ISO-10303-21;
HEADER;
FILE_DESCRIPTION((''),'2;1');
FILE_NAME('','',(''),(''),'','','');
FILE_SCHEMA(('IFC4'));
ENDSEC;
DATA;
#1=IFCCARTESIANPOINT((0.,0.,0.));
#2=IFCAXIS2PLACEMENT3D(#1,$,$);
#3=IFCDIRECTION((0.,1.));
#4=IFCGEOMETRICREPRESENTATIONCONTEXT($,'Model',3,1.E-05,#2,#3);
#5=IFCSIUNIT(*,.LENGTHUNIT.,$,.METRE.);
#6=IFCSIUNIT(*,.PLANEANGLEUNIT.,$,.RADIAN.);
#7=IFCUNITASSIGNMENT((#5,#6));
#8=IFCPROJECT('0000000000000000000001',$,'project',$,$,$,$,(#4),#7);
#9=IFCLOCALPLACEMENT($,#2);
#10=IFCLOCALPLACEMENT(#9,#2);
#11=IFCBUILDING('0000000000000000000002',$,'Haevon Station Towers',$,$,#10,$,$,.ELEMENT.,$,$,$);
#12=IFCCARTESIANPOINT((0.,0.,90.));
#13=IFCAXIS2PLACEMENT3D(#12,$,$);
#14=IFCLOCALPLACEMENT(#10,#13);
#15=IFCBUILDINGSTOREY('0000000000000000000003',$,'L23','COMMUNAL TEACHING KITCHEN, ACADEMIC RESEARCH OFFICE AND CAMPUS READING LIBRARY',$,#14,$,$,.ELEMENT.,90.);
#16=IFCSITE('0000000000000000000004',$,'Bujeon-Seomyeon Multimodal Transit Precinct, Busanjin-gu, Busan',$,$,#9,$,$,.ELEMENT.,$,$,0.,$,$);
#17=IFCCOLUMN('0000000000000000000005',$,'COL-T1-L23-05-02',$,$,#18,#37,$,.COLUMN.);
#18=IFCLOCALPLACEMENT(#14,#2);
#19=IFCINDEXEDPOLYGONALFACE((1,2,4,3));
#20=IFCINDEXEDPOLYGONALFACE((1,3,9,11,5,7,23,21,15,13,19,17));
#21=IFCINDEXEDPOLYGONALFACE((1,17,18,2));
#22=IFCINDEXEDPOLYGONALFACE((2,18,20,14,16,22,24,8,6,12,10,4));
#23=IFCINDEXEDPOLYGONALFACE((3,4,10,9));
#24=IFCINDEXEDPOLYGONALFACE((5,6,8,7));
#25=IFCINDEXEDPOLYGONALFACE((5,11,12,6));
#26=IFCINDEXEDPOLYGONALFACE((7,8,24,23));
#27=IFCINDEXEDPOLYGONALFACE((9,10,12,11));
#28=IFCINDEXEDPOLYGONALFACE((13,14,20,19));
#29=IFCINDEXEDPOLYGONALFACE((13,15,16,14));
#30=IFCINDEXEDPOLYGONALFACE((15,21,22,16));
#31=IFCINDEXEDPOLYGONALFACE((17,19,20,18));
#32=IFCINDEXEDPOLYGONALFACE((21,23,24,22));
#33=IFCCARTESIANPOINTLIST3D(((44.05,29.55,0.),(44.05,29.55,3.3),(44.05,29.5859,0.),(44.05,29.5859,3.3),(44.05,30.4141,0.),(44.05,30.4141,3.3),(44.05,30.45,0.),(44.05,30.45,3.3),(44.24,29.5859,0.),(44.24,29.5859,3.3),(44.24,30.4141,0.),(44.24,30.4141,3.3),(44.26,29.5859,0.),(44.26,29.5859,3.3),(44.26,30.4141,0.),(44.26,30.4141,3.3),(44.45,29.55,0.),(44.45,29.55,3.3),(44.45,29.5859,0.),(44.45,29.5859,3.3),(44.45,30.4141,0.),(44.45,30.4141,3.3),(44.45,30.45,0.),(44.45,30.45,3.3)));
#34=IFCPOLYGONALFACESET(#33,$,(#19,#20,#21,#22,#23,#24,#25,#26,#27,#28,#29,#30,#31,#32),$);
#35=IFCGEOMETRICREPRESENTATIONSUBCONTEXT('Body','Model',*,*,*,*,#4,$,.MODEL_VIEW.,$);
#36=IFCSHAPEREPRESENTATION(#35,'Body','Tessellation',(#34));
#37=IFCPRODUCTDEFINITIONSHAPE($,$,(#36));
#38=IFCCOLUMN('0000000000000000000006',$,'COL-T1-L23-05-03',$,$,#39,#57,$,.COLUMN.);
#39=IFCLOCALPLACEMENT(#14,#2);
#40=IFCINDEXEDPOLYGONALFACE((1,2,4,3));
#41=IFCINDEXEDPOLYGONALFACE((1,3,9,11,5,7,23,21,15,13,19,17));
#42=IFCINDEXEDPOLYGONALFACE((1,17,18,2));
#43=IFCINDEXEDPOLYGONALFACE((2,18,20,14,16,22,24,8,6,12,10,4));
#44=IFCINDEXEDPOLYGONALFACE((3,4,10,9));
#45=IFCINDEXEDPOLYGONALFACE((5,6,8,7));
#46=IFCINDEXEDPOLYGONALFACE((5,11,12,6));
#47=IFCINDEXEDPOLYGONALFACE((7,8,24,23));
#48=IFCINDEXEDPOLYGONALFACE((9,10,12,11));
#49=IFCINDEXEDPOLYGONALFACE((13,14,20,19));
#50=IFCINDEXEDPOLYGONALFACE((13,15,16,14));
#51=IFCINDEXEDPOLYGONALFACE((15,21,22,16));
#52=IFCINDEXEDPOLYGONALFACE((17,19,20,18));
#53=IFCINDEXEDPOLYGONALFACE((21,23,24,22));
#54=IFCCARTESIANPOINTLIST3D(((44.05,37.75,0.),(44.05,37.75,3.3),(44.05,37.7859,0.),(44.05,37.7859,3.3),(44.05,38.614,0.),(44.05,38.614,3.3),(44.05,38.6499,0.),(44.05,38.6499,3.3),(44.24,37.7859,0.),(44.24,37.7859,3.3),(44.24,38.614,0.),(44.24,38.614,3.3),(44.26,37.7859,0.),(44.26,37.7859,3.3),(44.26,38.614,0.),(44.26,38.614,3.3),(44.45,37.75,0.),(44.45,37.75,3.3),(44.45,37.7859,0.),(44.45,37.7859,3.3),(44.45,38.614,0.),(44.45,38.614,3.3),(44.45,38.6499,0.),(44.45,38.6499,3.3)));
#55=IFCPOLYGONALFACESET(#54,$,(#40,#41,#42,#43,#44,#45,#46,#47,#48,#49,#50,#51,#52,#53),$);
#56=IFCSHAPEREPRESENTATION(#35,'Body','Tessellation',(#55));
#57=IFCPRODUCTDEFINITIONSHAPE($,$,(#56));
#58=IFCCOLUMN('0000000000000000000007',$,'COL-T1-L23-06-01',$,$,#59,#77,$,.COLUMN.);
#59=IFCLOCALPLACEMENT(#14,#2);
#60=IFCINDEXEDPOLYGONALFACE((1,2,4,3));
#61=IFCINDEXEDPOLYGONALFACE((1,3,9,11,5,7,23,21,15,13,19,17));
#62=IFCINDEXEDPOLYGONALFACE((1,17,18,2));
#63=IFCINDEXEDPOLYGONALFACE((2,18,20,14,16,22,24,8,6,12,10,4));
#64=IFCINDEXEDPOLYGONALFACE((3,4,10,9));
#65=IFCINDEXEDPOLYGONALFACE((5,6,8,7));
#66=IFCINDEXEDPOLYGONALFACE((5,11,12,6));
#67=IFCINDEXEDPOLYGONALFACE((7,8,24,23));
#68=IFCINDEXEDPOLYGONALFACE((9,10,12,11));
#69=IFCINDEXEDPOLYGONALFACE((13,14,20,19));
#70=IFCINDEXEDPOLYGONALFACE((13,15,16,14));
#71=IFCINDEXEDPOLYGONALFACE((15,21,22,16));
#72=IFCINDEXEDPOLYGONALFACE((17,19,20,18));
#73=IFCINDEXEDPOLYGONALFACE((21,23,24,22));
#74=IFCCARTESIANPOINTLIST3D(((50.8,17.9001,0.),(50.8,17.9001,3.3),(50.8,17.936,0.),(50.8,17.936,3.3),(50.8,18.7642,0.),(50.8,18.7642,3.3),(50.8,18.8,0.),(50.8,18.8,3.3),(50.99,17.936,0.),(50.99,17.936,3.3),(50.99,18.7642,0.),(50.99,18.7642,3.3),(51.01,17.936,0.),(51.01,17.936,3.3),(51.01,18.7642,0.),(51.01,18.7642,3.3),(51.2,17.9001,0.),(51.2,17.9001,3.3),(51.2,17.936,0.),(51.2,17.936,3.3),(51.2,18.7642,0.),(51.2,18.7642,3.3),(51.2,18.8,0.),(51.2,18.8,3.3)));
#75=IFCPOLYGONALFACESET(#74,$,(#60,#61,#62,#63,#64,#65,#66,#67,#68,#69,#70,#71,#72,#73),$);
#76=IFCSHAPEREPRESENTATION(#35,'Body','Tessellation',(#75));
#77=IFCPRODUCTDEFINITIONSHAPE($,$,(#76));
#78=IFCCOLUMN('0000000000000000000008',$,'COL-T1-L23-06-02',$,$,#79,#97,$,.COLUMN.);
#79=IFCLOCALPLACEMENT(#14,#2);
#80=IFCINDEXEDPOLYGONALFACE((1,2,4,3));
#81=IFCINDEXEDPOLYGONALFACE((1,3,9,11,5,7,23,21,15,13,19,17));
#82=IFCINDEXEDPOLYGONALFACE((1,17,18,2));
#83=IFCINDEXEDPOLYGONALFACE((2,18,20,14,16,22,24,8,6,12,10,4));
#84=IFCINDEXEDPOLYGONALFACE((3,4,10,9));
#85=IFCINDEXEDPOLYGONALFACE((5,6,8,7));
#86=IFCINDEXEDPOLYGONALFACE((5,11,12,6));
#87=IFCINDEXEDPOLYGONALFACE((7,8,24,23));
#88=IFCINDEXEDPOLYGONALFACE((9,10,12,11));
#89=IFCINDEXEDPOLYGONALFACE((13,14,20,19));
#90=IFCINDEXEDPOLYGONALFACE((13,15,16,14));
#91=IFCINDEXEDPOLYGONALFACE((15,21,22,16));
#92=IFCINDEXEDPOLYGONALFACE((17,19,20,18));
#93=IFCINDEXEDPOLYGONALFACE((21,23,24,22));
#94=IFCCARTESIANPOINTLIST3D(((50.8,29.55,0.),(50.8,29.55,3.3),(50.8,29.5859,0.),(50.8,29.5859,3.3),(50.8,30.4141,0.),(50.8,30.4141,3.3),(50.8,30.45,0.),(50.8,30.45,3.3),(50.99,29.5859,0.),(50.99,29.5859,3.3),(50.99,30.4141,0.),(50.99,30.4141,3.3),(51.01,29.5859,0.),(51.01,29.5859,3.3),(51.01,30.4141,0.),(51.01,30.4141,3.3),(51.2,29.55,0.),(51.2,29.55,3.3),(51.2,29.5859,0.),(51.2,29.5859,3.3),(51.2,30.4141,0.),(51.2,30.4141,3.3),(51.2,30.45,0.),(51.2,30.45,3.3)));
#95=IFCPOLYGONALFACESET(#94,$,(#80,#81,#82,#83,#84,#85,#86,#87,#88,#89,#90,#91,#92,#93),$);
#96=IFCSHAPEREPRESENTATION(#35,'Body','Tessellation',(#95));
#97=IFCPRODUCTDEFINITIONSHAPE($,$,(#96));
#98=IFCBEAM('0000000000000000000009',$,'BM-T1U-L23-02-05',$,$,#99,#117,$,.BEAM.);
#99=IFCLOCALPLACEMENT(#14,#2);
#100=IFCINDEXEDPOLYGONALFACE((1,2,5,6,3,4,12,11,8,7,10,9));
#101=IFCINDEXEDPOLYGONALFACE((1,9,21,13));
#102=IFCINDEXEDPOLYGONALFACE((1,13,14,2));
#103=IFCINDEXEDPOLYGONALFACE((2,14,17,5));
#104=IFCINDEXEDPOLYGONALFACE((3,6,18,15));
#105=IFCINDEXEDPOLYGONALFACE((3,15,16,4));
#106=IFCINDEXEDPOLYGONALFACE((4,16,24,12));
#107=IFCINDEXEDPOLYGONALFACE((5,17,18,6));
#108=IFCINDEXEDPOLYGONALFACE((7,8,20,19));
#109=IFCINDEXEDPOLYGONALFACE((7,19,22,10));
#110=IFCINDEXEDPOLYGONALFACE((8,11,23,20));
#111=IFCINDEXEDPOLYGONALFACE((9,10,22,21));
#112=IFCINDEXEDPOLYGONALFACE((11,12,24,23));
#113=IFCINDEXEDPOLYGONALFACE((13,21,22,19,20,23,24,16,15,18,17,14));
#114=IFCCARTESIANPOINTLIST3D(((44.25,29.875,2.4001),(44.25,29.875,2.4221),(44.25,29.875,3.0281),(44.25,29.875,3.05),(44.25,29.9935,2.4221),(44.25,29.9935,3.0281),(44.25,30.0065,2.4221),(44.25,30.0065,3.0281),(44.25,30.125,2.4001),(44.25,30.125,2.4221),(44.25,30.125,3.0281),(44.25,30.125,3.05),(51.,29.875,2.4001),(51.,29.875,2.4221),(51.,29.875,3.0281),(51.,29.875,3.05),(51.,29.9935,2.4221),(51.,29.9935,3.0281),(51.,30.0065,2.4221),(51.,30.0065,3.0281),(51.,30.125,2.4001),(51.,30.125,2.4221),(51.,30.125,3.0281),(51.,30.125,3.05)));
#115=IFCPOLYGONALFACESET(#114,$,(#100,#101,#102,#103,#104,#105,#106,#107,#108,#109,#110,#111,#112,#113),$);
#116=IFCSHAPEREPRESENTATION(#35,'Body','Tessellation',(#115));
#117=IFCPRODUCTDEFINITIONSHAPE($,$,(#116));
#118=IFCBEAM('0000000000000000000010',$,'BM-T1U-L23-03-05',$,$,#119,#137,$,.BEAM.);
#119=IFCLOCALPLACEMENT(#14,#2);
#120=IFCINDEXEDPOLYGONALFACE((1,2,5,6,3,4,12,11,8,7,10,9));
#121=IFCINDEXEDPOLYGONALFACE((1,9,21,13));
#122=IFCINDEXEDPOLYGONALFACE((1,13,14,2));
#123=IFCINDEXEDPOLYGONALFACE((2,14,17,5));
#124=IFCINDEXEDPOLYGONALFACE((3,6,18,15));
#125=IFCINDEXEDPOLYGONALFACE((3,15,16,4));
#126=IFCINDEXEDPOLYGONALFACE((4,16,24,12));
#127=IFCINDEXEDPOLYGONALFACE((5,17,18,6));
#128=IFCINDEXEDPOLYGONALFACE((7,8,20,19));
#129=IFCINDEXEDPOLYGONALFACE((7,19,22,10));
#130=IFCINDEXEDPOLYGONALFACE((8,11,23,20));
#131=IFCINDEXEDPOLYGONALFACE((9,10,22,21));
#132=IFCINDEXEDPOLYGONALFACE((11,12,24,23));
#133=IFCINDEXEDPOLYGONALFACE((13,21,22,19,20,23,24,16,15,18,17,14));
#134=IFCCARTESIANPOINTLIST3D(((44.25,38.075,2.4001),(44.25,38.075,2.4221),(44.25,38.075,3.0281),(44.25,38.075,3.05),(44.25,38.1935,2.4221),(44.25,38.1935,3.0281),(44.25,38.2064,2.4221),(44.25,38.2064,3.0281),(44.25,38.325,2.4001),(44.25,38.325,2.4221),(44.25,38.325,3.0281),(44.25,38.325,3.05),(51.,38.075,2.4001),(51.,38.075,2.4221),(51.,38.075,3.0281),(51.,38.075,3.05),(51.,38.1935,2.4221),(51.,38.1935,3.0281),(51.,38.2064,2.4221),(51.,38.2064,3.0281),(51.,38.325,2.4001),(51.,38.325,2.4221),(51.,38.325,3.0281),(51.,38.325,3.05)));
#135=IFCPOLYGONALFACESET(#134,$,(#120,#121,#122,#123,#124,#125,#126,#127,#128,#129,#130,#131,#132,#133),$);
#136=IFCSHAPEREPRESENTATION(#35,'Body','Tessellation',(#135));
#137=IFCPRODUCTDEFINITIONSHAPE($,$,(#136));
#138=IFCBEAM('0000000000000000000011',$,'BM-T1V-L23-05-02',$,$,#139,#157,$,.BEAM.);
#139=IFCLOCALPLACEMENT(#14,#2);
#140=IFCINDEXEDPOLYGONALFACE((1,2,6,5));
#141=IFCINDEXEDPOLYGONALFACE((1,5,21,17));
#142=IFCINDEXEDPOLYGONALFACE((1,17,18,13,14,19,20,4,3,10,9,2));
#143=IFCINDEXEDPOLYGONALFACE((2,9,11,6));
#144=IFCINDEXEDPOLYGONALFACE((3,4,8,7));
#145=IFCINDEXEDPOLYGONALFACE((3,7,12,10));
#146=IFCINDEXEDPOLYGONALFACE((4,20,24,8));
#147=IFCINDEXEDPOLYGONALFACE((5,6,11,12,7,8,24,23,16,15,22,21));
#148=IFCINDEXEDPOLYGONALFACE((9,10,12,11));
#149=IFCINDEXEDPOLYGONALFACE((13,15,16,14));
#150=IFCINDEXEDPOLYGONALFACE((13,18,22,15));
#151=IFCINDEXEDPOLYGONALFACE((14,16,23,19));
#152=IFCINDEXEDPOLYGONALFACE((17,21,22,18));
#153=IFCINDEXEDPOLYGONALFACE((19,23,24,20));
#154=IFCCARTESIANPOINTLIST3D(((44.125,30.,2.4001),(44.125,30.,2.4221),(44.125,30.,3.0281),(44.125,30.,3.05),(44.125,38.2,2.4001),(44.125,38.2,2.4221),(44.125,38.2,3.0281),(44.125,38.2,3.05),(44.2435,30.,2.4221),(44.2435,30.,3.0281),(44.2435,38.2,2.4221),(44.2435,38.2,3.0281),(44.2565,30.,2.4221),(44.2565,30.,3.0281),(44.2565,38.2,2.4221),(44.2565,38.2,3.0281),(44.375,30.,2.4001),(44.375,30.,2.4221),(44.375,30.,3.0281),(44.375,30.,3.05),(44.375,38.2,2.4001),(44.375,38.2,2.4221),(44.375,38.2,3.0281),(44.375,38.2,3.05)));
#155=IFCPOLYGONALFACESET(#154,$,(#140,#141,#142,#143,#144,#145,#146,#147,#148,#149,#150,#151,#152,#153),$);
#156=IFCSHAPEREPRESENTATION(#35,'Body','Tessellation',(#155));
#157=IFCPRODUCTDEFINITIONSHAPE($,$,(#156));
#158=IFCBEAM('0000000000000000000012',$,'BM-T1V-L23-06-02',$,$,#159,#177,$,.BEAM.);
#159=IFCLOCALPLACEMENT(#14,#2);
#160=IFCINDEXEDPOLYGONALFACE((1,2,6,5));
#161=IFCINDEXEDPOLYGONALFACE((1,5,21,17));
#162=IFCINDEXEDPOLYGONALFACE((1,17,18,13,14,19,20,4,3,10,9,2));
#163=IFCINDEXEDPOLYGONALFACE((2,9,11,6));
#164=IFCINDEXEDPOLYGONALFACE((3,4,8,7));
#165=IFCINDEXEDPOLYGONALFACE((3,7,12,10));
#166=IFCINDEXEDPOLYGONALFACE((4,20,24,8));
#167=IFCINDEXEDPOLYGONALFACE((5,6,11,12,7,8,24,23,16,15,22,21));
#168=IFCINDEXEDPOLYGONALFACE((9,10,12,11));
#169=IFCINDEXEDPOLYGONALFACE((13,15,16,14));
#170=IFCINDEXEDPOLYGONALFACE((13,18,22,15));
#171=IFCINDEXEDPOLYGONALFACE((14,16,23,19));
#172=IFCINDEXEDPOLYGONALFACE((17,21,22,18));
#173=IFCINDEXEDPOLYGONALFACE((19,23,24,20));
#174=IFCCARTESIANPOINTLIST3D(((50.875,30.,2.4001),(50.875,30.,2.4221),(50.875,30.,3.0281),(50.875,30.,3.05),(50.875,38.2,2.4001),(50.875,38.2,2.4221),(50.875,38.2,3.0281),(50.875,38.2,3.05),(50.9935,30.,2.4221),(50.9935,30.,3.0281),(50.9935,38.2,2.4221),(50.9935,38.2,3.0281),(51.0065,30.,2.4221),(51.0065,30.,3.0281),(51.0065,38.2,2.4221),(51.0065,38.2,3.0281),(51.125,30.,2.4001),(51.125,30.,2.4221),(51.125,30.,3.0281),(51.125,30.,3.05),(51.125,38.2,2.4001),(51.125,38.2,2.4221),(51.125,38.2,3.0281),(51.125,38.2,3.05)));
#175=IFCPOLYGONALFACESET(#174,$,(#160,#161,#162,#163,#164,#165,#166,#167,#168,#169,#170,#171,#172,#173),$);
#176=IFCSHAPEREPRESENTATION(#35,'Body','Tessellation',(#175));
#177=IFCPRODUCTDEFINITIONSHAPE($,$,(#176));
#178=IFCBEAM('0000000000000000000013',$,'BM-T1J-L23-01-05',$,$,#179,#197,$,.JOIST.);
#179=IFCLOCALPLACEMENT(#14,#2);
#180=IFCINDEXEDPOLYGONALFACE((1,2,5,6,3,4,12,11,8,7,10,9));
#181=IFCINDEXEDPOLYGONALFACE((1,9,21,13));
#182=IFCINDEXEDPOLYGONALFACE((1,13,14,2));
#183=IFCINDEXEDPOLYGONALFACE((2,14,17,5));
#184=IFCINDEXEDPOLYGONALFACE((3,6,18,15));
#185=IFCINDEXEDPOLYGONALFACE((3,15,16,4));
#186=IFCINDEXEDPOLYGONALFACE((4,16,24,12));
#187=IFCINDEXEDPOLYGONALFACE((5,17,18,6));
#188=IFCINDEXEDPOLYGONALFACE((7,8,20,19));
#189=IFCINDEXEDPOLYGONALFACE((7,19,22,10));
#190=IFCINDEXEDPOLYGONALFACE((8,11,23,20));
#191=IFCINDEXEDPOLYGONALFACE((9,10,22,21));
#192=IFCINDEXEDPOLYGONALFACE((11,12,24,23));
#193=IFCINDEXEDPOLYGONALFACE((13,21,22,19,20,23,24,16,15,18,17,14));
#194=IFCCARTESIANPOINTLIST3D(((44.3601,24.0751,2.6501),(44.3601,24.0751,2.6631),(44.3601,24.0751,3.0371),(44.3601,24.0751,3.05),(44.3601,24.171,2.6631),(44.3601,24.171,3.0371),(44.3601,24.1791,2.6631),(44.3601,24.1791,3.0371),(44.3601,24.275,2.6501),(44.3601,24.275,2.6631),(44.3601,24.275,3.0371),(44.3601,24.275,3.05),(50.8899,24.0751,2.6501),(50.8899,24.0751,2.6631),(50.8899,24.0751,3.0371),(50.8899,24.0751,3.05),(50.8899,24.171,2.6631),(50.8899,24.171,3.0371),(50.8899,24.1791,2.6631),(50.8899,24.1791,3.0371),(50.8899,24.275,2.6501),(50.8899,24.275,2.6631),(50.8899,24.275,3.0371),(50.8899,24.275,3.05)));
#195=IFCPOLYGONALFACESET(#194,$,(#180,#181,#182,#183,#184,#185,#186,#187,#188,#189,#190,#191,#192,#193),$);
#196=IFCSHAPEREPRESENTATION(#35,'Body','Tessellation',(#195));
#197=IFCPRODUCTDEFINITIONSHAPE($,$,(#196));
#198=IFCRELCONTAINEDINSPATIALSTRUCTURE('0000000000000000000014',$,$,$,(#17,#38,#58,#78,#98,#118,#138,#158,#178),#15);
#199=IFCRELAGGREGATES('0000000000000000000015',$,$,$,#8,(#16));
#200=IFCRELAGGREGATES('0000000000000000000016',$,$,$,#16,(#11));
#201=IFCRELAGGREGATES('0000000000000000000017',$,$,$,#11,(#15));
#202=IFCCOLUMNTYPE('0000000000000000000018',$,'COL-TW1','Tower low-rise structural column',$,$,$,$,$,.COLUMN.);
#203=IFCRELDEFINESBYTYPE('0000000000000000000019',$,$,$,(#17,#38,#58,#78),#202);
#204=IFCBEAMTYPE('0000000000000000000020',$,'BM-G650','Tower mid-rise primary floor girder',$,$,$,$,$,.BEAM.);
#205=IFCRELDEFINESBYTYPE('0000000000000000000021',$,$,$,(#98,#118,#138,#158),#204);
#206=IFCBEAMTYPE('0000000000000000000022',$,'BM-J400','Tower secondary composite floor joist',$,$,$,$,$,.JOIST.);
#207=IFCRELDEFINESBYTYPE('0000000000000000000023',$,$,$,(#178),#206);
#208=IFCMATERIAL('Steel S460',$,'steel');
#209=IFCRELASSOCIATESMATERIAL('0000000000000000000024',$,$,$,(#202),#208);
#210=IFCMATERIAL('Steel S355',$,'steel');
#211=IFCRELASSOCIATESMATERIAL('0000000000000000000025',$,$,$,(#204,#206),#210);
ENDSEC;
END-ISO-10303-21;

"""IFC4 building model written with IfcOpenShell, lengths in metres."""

from ifc_helpers import new_model, si_unit, direction, frame, origin, origin_2d, place, context, subcontext, project, spatial, i_section, extrude, material, material_profile, profile_set, type_object, element, save


model = new_model("IFC4")

# Units and contexts
model_context = context("Model", 3, precision=1e-05, world=origin(), true_north=direction((0.0, 1.0)))
body_context = subcontext(model_context, "Body", "Model", "MODEL_VIEW")
ifc_project = project(units=[si_unit("LENGTHUNIT", "METRE"), si_unit("PLANEANGLEUNIT", "RADIAN")], contexts=[model_context])

# Site, building, storey
site_placement = place(None, origin())
site = spatial("IfcSite", under=ifc_project, at=site_placement, Name="Bujeon-Seomyeon Multimodal Transit Precinct, Busanjin-gu, Busan", CompositionType="ELEMENT", RefElevation=0.0)
building_placement = place(site_placement, origin())
building = spatial("IfcBuilding", under=site, at=building_placement, Name="Haevon Station Towers", CompositionType="ELEMENT")
storey_placement = place(building_placement, frame((0.0, 0.0, 90.0)))
storey = spatial("IfcBuildingStorey", under=building, at=storey_placement, Name="L23", Description="COMMUNAL TEACHING KITCHEN, ACADEMIC RESEARCH OFFICE AND CAMPUS READING LIBRARY", CompositionType="ELEMENT", Elevation=90.0)

# Columns
ifc_material_1 = material(Name="Steel S460", Category="steel")
ifc_material_profile_1 = material_profile(ifc_material_1, i_section(OverallWidth=0.3999, OverallDepth=0.8999, WebThickness=0.02, FlangeThickness=0.0359, at=origin_2d()), Name="H-900x400x20x36")
ifc_profile_set_1 = profile_set([ifc_material_profile_1], Name="Steel S460")
column_type = type_object("IfcColumnType", Name="COL-TW1", Description="Tower low-rise structural column", PredefinedType="COLUMN", material=ifc_profile_set_1)
for number, where, z_axis, x_axis, name in (
    (1, (44.25, 30.0, 0.0), (0.0, 0.0, 1.0), (1.0, 0.0, 0.0), "COL-T1-L23-05-02"),
    (2, (44.25, 38.2, 0.0), (0.0, 0.0, 1.0), (1.0, 0.0, 0.0), "COL-T1-L23-05-03"),
    (3, (51.0, 18.3501, 0.0), (0.0, 0.0, 1.0), (1.0, 0.0, 0.0), "COL-T1-L23-06-01"),
    (4, (51.0, 30.0, 0.0), (0.0, 0.0, 1.0), (1.0, 0.0, 0.0), "COL-T1-L23-06-02"),
):
    element("IfcColumn", number, at=place(storey_placement, frame(where, z_axis=z_axis, x_axis=x_axis)), inside=storey, type_object=column_type, Name=name, PredefinedType="COLUMN", context=body_context, shape_type="SweptSolid", body=[
        extrude(i_section(OverallWidth=0.3999, OverallDepth=0.8999, WebThickness=0.02, FlangeThickness=0.0359, at=origin_2d()), origin(), (0.0, 0.0, 1.0), 3.3),
    ])

# Beams
ifc_material_2 = material(Name="Steel S355", Category="steel")
ifc_material_profile_2 = material_profile(ifc_material_2, i_section(OverallWidth=0.25, OverallDepth=0.6499, WebThickness=0.0129, FlangeThickness=0.022, at=origin_2d()), Name="H-650x250x13x22")
ifc_profile_set_2 = profile_set([ifc_material_profile_2], Name="Steel S355")
beam_type_1 = type_object("IfcBeamType", Name="BM-G650", Description="Tower mid-rise primary floor girder", PredefinedType="BEAM", material=ifc_profile_set_2)
for number, where, z_axis, x_axis, name in (
    (5, (44.25, 30.0, 2.7251), (1.0, 0.0, 0.0), (0.0, 1.0, 0.0), "BM-T1U-L23-02-05"),
    (6, (44.25, 38.2, 2.7251), (1.0, 0.0, 0.0), (0.0, 1.0, 0.0), "BM-T1U-L23-03-05"),
):
    element("IfcBeam", number, at=place(storey_placement, frame(where, z_axis=z_axis, x_axis=x_axis)), inside=storey, type_object=beam_type_1, Name=name, PredefinedType="BEAM", context=body_context, shape_type="SweptSolid", body=[
        extrude(i_section(OverallWidth=0.25, OverallDepth=0.6499, WebThickness=0.0129, FlangeThickness=0.022, at=origin_2d()), origin(), (0.0, 0.0, 1.0), 6.75),
    ])
for number, where, z_axis, x_axis, name in (
    (7, (44.25, 30.0, 2.7251), (0.0, 1.0, 0.0), (-1.0, 0.0, 0.0), "BM-T1V-L23-05-02"),
    (8, (51.0, 30.0, 2.7251), (0.0, 1.0, 0.0), (-1.0, 0.0, 0.0), "BM-T1V-L23-06-02"),
):
    element("IfcBeam", number, at=place(storey_placement, frame(where, z_axis=z_axis, x_axis=x_axis)), inside=storey, type_object=beam_type_1, Name=name, PredefinedType="BEAM", context=body_context, shape_type="SweptSolid", body=[
        extrude(i_section(OverallWidth=0.25, OverallDepth=0.6499, WebThickness=0.0129, FlangeThickness=0.022, at=origin_2d()), origin(), (0.0, 0.0, 1.0), 8.2),
    ])
ifc_material_profile_3 = material_profile(ifc_material_2, i_section(OverallWidth=0.2, OverallDepth=0.3999, WebThickness=0.0081, FlangeThickness=0.0129, at=origin_2d()), Name="H-400x200x8x13")
ifc_profile_set_3 = profile_set([ifc_material_profile_3], Name="Steel S355")
beam_type_2 = type_object("IfcBeamType", Name="BM-J400", Description="Tower secondary composite floor joist", PredefinedType="JOIST", material=ifc_profile_set_3)
beam_1_placement = place(storey_placement, frame((44.3601, 24.175, 2.8501), z_axis=(1.0, 0.0, 0.0), x_axis=(0.0, 1.0, 0.0)))
element("IfcBeam", 9, at=beam_1_placement, inside=storey, type_object=beam_type_2, Name="BM-T1J-L23-01-05", PredefinedType="JOIST", context=body_context, shape_type="SweptSolid", body=[
    extrude(i_section(OverallWidth=0.2, OverallDepth=0.3999, WebThickness=0.0081, FlangeThickness=0.0129, at=origin_2d()), origin(), (0.0, 0.0, 1.0), 6.5298),
])

save(model, "model.ifc")
